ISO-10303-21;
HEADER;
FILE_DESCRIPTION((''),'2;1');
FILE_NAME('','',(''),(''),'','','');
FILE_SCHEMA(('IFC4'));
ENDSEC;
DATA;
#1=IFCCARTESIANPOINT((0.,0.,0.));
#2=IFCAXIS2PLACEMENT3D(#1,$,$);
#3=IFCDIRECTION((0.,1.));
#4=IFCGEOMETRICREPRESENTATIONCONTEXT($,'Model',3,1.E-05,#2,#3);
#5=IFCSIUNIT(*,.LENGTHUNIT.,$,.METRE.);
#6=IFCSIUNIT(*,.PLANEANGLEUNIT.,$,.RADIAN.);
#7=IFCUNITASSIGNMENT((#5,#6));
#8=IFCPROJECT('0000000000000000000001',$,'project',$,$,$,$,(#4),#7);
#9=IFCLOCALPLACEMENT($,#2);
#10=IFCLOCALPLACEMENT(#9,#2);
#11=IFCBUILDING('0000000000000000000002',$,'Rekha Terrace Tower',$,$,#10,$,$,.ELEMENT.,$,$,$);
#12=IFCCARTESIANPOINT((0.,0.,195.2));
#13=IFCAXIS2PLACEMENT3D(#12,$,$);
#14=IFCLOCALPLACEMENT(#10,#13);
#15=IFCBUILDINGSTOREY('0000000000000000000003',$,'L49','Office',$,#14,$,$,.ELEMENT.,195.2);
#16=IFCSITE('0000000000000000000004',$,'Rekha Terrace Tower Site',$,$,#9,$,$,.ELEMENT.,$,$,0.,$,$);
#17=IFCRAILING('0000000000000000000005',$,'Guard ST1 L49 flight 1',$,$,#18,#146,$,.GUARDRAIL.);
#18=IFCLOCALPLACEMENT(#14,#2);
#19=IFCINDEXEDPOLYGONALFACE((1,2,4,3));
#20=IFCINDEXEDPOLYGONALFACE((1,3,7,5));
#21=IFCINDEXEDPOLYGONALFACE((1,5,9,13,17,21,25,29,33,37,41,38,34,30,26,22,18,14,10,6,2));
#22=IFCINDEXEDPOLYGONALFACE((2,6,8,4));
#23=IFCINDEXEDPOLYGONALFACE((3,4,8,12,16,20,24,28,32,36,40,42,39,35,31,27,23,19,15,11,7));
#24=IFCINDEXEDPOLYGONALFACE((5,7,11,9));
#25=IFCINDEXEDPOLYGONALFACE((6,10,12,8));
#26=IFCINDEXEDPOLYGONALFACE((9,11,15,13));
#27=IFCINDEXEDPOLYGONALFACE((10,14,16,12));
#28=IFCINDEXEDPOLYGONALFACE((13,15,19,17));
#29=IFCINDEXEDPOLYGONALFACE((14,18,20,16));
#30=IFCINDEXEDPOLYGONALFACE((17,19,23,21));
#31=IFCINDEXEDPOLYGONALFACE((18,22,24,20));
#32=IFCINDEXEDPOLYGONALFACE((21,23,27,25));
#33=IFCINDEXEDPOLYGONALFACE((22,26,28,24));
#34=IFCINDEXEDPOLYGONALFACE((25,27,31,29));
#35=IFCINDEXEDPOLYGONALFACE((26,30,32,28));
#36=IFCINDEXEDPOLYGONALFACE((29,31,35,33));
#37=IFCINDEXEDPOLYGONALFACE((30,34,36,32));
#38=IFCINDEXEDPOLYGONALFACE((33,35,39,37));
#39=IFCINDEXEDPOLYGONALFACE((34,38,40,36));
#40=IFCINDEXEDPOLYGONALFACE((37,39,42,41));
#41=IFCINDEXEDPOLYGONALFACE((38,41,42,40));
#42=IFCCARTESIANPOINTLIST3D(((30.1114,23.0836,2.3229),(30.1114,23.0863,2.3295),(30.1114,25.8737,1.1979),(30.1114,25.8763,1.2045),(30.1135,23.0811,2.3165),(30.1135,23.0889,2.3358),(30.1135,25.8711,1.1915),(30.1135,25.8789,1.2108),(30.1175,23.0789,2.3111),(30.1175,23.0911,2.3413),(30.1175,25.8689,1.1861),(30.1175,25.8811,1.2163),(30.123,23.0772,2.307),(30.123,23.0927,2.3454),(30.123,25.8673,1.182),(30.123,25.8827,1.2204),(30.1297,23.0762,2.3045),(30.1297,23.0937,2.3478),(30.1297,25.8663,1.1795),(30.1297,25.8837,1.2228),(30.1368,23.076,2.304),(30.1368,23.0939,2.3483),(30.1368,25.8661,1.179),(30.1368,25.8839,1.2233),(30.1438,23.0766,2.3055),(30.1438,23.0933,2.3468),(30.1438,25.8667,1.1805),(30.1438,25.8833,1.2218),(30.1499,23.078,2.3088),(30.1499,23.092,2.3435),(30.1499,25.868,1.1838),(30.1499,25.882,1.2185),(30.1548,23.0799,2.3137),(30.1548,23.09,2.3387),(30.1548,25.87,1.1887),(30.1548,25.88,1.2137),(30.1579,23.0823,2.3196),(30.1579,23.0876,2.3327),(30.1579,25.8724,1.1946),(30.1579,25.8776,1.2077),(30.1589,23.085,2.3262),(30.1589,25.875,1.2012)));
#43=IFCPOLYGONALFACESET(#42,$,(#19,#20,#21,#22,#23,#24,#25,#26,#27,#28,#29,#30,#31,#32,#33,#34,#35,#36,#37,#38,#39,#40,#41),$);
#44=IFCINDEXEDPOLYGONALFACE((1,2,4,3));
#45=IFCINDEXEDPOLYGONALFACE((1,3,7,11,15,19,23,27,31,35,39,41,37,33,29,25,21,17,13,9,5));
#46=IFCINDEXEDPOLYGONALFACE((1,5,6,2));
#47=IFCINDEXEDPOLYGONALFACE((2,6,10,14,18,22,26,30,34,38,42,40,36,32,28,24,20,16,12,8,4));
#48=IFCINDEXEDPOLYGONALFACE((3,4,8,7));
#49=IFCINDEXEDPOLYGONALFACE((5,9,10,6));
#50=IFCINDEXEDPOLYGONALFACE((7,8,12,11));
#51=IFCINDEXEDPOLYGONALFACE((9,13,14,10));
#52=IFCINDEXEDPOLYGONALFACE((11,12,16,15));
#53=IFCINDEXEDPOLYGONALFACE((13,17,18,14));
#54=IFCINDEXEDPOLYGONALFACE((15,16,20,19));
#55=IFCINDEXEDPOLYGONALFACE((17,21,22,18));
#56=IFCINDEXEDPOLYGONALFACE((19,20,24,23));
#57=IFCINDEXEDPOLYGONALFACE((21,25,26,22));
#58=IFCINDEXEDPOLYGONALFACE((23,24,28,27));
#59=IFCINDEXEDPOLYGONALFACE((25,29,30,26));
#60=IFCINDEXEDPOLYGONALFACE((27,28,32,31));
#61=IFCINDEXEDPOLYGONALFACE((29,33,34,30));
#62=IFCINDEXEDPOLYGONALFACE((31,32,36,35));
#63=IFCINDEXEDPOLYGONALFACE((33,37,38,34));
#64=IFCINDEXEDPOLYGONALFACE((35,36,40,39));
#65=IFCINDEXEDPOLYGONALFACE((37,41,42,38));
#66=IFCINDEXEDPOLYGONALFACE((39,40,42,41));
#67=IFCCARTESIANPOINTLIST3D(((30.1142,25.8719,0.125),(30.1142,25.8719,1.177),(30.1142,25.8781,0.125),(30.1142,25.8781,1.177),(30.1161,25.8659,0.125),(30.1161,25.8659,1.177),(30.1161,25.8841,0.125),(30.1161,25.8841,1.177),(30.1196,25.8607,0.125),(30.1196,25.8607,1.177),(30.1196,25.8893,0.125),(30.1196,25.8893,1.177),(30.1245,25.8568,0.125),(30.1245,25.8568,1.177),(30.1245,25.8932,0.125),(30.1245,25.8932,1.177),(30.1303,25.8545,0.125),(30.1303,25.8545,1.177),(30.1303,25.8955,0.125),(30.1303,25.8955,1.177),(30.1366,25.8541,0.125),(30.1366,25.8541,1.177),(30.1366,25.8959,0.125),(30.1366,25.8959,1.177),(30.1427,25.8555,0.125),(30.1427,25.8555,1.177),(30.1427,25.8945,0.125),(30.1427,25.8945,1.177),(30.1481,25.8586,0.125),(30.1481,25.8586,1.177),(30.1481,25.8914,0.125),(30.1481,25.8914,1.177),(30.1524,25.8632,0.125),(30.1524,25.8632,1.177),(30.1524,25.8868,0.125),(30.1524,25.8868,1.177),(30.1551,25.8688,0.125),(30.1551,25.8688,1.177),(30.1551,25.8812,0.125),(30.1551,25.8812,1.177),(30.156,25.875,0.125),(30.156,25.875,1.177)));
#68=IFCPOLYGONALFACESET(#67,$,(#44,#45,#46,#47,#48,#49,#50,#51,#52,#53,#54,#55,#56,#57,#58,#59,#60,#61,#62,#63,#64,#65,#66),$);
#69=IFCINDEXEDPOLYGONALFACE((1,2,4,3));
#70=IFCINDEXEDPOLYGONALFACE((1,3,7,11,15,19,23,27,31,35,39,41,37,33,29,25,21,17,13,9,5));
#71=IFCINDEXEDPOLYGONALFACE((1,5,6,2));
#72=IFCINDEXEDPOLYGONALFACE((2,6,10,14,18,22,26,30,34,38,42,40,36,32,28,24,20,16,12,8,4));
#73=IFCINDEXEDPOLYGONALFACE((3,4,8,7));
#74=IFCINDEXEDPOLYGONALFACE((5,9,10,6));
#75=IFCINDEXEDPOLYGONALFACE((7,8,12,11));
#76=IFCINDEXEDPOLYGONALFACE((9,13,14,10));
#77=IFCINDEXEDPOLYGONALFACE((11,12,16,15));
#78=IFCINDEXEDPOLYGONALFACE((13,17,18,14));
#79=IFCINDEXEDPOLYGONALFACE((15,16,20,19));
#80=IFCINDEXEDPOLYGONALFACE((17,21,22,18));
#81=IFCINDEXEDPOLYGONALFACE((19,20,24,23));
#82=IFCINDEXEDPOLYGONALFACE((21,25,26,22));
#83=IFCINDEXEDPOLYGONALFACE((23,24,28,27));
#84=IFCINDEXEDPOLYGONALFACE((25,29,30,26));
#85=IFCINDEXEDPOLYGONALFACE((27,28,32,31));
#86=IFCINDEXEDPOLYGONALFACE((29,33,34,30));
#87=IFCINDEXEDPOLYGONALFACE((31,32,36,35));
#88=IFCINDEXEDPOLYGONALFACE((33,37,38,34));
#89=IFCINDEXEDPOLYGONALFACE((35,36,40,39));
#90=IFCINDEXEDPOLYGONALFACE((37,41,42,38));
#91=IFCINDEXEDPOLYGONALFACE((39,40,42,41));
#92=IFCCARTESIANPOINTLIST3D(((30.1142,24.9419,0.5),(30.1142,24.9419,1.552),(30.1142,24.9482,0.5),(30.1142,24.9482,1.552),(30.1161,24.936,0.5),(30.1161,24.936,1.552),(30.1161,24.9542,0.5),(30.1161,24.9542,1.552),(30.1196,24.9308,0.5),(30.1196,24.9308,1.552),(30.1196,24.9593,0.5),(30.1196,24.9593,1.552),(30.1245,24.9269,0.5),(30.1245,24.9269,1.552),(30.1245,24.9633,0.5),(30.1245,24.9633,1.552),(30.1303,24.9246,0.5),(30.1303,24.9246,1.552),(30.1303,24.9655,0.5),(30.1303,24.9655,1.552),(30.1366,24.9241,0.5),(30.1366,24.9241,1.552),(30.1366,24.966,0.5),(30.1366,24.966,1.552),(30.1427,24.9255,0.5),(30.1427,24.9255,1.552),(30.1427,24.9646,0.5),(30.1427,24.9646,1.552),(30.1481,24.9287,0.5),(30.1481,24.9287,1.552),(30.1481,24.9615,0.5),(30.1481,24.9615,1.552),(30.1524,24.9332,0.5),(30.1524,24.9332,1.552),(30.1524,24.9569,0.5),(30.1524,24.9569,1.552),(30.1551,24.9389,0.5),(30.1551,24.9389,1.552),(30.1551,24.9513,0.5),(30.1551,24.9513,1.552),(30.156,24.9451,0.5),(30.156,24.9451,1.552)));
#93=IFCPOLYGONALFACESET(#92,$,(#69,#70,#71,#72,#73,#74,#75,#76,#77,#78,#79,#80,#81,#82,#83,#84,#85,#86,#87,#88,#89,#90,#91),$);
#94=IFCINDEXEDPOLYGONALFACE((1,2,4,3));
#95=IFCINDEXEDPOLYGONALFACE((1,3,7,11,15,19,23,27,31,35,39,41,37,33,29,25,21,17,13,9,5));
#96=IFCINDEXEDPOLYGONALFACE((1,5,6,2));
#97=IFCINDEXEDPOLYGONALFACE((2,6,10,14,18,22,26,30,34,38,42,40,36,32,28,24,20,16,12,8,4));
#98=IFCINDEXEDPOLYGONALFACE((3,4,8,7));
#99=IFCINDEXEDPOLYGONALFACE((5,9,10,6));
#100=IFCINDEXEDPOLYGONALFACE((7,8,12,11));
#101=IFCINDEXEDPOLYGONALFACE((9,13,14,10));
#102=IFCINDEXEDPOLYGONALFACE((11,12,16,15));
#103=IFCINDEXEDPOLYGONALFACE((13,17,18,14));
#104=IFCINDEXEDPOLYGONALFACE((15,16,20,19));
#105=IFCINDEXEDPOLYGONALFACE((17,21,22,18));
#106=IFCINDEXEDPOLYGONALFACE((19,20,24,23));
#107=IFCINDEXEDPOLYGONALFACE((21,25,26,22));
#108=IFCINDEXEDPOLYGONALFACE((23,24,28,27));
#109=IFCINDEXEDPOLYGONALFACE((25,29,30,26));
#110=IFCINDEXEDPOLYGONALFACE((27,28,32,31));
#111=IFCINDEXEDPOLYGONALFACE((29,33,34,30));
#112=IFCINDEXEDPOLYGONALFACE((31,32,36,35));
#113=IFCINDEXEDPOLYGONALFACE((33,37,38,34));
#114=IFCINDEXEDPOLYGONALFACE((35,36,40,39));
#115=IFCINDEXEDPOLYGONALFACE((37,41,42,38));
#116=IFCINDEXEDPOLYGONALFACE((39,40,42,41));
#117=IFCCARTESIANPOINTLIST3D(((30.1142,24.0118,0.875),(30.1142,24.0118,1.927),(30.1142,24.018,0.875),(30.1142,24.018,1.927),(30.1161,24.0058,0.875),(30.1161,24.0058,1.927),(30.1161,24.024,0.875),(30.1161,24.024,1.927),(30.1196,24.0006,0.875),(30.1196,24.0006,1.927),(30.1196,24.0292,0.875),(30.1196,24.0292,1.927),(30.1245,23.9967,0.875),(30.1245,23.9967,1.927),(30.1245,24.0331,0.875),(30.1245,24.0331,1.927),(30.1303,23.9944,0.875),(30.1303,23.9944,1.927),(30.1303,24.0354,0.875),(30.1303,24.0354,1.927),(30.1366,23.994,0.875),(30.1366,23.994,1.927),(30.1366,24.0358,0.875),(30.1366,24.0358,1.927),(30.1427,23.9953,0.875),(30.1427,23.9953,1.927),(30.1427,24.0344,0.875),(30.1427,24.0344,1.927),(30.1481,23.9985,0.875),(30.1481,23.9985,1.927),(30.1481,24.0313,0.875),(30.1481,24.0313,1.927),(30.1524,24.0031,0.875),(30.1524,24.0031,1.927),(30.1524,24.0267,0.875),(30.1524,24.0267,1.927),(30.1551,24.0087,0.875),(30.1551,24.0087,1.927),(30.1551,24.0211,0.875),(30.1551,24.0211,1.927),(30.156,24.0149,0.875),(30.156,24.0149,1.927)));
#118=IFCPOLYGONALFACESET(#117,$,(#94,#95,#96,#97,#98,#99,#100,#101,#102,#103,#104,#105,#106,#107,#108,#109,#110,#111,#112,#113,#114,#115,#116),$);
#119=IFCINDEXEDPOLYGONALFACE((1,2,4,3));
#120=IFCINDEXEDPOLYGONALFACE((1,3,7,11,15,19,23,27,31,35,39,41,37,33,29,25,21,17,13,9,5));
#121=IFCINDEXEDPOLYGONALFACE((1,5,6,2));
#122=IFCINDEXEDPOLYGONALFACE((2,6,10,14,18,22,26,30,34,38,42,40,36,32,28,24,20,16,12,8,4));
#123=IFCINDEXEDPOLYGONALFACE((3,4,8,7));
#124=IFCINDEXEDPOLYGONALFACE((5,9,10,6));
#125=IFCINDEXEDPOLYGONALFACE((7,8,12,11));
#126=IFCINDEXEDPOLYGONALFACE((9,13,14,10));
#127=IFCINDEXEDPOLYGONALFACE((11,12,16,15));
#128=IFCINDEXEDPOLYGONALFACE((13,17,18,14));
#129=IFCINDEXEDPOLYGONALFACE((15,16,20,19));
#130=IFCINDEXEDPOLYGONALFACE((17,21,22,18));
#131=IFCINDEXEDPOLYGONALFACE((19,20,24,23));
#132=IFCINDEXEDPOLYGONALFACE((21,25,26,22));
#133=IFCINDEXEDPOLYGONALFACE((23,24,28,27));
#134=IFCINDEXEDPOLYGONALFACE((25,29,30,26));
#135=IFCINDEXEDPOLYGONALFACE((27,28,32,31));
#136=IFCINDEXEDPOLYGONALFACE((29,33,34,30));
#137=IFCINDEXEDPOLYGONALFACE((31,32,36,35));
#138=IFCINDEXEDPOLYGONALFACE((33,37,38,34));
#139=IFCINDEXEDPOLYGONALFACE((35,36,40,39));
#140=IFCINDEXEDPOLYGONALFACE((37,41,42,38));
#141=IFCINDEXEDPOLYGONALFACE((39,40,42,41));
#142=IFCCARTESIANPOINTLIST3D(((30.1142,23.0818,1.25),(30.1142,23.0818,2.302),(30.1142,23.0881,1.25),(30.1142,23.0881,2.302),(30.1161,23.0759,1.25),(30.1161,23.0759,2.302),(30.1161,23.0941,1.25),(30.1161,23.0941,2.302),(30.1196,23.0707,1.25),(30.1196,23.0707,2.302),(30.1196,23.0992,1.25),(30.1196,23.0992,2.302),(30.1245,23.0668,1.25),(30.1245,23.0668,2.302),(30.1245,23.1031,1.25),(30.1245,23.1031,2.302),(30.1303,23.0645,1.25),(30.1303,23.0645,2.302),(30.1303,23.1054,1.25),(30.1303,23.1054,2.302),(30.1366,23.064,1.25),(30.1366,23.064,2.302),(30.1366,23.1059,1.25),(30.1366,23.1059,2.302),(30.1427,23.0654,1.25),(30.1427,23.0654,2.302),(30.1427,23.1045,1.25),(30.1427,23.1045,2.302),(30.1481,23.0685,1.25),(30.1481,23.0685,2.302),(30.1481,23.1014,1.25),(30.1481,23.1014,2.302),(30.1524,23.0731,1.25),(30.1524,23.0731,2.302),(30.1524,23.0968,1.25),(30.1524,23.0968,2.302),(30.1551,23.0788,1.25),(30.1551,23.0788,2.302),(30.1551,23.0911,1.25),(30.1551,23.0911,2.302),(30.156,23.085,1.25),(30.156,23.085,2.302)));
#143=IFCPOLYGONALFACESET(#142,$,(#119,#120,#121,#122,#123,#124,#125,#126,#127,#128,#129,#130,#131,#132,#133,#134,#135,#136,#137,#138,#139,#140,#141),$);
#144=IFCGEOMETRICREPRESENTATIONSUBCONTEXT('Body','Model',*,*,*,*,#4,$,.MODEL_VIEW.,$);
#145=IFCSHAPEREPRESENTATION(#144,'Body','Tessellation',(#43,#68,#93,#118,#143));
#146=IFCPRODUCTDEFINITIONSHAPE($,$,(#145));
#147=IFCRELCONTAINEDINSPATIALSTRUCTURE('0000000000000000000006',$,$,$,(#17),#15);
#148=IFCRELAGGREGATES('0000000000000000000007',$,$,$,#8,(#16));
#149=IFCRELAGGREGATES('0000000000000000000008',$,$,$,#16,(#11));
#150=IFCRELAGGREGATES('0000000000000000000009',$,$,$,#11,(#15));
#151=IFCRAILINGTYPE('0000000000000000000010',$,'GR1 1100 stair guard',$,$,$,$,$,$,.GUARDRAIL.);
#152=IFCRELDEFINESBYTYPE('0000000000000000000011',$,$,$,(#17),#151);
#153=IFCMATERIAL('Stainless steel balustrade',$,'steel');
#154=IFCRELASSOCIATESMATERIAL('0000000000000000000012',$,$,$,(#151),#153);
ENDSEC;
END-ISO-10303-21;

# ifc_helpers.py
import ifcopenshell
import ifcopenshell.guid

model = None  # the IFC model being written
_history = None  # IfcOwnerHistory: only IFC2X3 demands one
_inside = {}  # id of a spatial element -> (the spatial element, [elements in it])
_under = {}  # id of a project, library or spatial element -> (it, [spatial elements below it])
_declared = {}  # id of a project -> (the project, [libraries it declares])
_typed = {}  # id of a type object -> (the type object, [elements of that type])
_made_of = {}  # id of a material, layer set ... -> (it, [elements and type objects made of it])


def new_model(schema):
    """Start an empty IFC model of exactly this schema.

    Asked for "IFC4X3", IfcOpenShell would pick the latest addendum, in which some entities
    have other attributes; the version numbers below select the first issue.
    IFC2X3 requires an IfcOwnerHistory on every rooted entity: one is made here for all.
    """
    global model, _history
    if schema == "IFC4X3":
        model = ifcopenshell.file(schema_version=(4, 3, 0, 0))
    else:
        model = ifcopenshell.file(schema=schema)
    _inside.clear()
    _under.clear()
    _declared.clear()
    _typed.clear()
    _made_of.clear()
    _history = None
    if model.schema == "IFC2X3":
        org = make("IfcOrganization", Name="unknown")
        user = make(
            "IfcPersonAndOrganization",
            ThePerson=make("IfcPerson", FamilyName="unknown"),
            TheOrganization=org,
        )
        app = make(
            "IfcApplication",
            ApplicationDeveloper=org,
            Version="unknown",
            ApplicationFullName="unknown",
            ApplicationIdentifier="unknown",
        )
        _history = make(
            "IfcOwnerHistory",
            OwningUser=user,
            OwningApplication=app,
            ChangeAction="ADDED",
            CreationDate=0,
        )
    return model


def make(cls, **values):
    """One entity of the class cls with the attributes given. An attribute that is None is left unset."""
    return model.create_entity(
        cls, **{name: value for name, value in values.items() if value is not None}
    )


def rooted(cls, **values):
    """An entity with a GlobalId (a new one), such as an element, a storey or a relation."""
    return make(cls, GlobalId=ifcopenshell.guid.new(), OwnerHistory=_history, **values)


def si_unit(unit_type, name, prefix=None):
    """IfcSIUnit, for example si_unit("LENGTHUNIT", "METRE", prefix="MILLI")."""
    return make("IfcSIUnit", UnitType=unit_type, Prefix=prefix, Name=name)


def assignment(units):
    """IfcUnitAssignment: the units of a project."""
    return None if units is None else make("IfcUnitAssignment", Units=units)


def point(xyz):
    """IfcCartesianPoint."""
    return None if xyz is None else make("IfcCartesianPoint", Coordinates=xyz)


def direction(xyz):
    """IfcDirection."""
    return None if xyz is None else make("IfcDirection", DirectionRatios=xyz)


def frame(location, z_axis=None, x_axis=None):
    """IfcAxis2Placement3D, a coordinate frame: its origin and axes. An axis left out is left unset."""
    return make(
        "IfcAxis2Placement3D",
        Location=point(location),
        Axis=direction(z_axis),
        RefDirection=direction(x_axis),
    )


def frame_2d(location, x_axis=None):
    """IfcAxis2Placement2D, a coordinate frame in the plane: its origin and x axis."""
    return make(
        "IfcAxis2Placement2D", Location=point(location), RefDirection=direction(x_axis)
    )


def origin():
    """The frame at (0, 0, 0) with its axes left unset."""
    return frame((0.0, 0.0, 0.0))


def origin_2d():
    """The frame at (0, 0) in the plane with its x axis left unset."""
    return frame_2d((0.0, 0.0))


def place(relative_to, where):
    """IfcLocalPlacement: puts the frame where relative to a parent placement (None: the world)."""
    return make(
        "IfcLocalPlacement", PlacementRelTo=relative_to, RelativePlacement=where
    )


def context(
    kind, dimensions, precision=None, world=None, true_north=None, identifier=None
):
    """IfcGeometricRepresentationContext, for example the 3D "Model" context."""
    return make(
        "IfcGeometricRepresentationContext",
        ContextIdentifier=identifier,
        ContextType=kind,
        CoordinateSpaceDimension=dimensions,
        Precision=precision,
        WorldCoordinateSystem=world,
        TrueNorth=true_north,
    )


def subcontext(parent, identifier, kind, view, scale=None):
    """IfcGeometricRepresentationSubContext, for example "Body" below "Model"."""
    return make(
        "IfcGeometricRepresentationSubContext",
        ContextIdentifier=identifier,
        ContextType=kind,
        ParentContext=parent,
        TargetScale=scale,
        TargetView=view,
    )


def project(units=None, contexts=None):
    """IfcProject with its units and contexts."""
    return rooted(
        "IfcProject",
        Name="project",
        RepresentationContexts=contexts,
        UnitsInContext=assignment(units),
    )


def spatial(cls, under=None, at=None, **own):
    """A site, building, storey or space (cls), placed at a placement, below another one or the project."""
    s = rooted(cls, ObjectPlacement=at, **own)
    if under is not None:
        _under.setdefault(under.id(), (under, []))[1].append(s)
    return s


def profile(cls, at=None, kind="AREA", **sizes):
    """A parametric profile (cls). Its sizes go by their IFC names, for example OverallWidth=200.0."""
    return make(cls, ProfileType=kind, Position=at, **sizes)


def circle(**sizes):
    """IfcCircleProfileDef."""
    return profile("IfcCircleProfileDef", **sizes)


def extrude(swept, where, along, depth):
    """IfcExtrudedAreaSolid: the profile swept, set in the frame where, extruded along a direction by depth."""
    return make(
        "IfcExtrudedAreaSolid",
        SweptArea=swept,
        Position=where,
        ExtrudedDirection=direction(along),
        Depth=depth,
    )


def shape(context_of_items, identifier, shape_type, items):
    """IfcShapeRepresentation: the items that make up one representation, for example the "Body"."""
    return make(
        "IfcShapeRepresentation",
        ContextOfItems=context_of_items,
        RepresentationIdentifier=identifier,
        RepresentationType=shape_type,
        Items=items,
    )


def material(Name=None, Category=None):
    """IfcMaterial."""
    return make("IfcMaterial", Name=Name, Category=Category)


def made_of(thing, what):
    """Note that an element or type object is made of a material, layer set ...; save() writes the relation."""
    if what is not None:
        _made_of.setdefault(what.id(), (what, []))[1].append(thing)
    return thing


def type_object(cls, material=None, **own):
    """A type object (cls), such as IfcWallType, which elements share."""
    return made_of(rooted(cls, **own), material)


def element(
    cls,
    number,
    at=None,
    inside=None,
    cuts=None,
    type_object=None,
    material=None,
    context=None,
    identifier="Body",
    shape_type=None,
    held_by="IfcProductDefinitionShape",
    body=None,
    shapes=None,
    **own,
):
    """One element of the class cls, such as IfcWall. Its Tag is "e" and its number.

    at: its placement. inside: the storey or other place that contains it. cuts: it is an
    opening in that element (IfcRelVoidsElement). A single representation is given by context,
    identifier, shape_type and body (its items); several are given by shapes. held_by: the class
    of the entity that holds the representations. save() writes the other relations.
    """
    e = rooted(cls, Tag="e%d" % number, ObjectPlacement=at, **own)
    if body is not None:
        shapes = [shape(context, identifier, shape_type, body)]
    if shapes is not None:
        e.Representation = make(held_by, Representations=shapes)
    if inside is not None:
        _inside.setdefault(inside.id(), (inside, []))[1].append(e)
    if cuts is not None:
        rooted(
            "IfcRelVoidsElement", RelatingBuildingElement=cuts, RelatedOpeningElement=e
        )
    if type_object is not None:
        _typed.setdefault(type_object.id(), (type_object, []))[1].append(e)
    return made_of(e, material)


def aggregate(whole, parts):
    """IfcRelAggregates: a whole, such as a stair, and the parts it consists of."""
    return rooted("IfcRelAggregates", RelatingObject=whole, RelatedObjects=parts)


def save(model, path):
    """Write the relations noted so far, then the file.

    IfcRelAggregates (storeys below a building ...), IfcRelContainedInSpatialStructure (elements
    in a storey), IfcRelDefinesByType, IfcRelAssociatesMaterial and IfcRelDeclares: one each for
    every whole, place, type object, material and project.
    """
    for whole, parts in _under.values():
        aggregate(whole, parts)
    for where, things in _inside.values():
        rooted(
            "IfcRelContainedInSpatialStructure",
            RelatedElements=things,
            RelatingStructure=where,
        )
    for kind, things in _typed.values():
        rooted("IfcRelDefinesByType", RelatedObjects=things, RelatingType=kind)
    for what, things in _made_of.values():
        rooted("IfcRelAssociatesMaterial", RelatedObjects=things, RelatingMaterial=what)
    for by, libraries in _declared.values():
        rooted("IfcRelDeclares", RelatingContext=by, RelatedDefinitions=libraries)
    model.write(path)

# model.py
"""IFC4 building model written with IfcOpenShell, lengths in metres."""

from ifc_helpers import new_model, si_unit, direction, frame, origin, origin_2d, place, context, subcontext, project, spatial, circle, extrude, material, type_object, element, save


model = new_model("IFC4")

# Units and contexts
model_context = context("Model", 3, precision=1e-05, world=origin(), true_north=direction((0.0, 1.0)))
body_context = subcontext(model_context, "Body", "Model", "MODEL_VIEW")
ifc_project = project(units=[si_unit("LENGTHUNIT", "METRE"), si_unit("PLANEANGLEUNIT", "RADIAN")], contexts=[model_context])

# Site, building, storey
site_placement = place(None, origin())
site = spatial("IfcSite", under=ifc_project, at=site_placement, Name="Rekha Terrace Tower Site", CompositionType="ELEMENT", RefElevation=0.0)
building_placement = place(site_placement, origin())
building = spatial("IfcBuilding", under=site, at=building_placement, Name="Rekha Terrace Tower", CompositionType="ELEMENT")
storey_placement = place(building_placement, frame((0.0, 0.0, 195.2)))
storey = spatial("IfcBuildingStorey", under=building, at=storey_placement, Name="L49", Description="Office", CompositionType="ELEMENT", Elevation=195.2)

# Railing
ifc_material_1 = material(Name="Stainless steel balustrade", Category="steel")
railing_type_1 = type_object("IfcRailingType", Name="GR1 1100 stair guard", PredefinedType="GUARDRAIL", material=ifc_material_1)
railing_1_placement = place(storey_placement, frame((30.135, 25.875, 0.125)))
element("IfcRailing", 1, at=railing_1_placement, inside=storey, type_object=railing_type_1, Name="Guard ST1 L49 flight 1", PredefinedType="GUARDRAIL", context=body_context, shape_type="SweptSolid", body=[
    extrude(circle(Radius=0.0239, at=origin_2d()), frame((0.0, 0.0, 1.0762), z_axis=(0.0, -0.927443, 0.373964), x_axis=(1.0, 0.0, 0.0)), (0.0, 0.0, 1.0), 3.0083),
    extrude(circle(Radius=0.021, at=origin_2d()), origin(), (0.0, 0.0, 1.0), 1.052),
    extrude(circle(Radius=0.021, at=origin_2d()), frame((0.0, -0.9299, 0.375)), (0.0, 0.0, 1.0), 1.052),
    extrude(circle(Radius=0.021, at=origin_2d()), frame((0.0, -1.8601, 0.75)), (0.0, 0.0, 1.0), 1.052),
    extrude(circle(Radius=0.021, at=origin_2d()), frame((0.0, -2.79, 1.125)), (0.0, 0.0, 1.0), 1.052),
])

save(model, "model.ifc")
